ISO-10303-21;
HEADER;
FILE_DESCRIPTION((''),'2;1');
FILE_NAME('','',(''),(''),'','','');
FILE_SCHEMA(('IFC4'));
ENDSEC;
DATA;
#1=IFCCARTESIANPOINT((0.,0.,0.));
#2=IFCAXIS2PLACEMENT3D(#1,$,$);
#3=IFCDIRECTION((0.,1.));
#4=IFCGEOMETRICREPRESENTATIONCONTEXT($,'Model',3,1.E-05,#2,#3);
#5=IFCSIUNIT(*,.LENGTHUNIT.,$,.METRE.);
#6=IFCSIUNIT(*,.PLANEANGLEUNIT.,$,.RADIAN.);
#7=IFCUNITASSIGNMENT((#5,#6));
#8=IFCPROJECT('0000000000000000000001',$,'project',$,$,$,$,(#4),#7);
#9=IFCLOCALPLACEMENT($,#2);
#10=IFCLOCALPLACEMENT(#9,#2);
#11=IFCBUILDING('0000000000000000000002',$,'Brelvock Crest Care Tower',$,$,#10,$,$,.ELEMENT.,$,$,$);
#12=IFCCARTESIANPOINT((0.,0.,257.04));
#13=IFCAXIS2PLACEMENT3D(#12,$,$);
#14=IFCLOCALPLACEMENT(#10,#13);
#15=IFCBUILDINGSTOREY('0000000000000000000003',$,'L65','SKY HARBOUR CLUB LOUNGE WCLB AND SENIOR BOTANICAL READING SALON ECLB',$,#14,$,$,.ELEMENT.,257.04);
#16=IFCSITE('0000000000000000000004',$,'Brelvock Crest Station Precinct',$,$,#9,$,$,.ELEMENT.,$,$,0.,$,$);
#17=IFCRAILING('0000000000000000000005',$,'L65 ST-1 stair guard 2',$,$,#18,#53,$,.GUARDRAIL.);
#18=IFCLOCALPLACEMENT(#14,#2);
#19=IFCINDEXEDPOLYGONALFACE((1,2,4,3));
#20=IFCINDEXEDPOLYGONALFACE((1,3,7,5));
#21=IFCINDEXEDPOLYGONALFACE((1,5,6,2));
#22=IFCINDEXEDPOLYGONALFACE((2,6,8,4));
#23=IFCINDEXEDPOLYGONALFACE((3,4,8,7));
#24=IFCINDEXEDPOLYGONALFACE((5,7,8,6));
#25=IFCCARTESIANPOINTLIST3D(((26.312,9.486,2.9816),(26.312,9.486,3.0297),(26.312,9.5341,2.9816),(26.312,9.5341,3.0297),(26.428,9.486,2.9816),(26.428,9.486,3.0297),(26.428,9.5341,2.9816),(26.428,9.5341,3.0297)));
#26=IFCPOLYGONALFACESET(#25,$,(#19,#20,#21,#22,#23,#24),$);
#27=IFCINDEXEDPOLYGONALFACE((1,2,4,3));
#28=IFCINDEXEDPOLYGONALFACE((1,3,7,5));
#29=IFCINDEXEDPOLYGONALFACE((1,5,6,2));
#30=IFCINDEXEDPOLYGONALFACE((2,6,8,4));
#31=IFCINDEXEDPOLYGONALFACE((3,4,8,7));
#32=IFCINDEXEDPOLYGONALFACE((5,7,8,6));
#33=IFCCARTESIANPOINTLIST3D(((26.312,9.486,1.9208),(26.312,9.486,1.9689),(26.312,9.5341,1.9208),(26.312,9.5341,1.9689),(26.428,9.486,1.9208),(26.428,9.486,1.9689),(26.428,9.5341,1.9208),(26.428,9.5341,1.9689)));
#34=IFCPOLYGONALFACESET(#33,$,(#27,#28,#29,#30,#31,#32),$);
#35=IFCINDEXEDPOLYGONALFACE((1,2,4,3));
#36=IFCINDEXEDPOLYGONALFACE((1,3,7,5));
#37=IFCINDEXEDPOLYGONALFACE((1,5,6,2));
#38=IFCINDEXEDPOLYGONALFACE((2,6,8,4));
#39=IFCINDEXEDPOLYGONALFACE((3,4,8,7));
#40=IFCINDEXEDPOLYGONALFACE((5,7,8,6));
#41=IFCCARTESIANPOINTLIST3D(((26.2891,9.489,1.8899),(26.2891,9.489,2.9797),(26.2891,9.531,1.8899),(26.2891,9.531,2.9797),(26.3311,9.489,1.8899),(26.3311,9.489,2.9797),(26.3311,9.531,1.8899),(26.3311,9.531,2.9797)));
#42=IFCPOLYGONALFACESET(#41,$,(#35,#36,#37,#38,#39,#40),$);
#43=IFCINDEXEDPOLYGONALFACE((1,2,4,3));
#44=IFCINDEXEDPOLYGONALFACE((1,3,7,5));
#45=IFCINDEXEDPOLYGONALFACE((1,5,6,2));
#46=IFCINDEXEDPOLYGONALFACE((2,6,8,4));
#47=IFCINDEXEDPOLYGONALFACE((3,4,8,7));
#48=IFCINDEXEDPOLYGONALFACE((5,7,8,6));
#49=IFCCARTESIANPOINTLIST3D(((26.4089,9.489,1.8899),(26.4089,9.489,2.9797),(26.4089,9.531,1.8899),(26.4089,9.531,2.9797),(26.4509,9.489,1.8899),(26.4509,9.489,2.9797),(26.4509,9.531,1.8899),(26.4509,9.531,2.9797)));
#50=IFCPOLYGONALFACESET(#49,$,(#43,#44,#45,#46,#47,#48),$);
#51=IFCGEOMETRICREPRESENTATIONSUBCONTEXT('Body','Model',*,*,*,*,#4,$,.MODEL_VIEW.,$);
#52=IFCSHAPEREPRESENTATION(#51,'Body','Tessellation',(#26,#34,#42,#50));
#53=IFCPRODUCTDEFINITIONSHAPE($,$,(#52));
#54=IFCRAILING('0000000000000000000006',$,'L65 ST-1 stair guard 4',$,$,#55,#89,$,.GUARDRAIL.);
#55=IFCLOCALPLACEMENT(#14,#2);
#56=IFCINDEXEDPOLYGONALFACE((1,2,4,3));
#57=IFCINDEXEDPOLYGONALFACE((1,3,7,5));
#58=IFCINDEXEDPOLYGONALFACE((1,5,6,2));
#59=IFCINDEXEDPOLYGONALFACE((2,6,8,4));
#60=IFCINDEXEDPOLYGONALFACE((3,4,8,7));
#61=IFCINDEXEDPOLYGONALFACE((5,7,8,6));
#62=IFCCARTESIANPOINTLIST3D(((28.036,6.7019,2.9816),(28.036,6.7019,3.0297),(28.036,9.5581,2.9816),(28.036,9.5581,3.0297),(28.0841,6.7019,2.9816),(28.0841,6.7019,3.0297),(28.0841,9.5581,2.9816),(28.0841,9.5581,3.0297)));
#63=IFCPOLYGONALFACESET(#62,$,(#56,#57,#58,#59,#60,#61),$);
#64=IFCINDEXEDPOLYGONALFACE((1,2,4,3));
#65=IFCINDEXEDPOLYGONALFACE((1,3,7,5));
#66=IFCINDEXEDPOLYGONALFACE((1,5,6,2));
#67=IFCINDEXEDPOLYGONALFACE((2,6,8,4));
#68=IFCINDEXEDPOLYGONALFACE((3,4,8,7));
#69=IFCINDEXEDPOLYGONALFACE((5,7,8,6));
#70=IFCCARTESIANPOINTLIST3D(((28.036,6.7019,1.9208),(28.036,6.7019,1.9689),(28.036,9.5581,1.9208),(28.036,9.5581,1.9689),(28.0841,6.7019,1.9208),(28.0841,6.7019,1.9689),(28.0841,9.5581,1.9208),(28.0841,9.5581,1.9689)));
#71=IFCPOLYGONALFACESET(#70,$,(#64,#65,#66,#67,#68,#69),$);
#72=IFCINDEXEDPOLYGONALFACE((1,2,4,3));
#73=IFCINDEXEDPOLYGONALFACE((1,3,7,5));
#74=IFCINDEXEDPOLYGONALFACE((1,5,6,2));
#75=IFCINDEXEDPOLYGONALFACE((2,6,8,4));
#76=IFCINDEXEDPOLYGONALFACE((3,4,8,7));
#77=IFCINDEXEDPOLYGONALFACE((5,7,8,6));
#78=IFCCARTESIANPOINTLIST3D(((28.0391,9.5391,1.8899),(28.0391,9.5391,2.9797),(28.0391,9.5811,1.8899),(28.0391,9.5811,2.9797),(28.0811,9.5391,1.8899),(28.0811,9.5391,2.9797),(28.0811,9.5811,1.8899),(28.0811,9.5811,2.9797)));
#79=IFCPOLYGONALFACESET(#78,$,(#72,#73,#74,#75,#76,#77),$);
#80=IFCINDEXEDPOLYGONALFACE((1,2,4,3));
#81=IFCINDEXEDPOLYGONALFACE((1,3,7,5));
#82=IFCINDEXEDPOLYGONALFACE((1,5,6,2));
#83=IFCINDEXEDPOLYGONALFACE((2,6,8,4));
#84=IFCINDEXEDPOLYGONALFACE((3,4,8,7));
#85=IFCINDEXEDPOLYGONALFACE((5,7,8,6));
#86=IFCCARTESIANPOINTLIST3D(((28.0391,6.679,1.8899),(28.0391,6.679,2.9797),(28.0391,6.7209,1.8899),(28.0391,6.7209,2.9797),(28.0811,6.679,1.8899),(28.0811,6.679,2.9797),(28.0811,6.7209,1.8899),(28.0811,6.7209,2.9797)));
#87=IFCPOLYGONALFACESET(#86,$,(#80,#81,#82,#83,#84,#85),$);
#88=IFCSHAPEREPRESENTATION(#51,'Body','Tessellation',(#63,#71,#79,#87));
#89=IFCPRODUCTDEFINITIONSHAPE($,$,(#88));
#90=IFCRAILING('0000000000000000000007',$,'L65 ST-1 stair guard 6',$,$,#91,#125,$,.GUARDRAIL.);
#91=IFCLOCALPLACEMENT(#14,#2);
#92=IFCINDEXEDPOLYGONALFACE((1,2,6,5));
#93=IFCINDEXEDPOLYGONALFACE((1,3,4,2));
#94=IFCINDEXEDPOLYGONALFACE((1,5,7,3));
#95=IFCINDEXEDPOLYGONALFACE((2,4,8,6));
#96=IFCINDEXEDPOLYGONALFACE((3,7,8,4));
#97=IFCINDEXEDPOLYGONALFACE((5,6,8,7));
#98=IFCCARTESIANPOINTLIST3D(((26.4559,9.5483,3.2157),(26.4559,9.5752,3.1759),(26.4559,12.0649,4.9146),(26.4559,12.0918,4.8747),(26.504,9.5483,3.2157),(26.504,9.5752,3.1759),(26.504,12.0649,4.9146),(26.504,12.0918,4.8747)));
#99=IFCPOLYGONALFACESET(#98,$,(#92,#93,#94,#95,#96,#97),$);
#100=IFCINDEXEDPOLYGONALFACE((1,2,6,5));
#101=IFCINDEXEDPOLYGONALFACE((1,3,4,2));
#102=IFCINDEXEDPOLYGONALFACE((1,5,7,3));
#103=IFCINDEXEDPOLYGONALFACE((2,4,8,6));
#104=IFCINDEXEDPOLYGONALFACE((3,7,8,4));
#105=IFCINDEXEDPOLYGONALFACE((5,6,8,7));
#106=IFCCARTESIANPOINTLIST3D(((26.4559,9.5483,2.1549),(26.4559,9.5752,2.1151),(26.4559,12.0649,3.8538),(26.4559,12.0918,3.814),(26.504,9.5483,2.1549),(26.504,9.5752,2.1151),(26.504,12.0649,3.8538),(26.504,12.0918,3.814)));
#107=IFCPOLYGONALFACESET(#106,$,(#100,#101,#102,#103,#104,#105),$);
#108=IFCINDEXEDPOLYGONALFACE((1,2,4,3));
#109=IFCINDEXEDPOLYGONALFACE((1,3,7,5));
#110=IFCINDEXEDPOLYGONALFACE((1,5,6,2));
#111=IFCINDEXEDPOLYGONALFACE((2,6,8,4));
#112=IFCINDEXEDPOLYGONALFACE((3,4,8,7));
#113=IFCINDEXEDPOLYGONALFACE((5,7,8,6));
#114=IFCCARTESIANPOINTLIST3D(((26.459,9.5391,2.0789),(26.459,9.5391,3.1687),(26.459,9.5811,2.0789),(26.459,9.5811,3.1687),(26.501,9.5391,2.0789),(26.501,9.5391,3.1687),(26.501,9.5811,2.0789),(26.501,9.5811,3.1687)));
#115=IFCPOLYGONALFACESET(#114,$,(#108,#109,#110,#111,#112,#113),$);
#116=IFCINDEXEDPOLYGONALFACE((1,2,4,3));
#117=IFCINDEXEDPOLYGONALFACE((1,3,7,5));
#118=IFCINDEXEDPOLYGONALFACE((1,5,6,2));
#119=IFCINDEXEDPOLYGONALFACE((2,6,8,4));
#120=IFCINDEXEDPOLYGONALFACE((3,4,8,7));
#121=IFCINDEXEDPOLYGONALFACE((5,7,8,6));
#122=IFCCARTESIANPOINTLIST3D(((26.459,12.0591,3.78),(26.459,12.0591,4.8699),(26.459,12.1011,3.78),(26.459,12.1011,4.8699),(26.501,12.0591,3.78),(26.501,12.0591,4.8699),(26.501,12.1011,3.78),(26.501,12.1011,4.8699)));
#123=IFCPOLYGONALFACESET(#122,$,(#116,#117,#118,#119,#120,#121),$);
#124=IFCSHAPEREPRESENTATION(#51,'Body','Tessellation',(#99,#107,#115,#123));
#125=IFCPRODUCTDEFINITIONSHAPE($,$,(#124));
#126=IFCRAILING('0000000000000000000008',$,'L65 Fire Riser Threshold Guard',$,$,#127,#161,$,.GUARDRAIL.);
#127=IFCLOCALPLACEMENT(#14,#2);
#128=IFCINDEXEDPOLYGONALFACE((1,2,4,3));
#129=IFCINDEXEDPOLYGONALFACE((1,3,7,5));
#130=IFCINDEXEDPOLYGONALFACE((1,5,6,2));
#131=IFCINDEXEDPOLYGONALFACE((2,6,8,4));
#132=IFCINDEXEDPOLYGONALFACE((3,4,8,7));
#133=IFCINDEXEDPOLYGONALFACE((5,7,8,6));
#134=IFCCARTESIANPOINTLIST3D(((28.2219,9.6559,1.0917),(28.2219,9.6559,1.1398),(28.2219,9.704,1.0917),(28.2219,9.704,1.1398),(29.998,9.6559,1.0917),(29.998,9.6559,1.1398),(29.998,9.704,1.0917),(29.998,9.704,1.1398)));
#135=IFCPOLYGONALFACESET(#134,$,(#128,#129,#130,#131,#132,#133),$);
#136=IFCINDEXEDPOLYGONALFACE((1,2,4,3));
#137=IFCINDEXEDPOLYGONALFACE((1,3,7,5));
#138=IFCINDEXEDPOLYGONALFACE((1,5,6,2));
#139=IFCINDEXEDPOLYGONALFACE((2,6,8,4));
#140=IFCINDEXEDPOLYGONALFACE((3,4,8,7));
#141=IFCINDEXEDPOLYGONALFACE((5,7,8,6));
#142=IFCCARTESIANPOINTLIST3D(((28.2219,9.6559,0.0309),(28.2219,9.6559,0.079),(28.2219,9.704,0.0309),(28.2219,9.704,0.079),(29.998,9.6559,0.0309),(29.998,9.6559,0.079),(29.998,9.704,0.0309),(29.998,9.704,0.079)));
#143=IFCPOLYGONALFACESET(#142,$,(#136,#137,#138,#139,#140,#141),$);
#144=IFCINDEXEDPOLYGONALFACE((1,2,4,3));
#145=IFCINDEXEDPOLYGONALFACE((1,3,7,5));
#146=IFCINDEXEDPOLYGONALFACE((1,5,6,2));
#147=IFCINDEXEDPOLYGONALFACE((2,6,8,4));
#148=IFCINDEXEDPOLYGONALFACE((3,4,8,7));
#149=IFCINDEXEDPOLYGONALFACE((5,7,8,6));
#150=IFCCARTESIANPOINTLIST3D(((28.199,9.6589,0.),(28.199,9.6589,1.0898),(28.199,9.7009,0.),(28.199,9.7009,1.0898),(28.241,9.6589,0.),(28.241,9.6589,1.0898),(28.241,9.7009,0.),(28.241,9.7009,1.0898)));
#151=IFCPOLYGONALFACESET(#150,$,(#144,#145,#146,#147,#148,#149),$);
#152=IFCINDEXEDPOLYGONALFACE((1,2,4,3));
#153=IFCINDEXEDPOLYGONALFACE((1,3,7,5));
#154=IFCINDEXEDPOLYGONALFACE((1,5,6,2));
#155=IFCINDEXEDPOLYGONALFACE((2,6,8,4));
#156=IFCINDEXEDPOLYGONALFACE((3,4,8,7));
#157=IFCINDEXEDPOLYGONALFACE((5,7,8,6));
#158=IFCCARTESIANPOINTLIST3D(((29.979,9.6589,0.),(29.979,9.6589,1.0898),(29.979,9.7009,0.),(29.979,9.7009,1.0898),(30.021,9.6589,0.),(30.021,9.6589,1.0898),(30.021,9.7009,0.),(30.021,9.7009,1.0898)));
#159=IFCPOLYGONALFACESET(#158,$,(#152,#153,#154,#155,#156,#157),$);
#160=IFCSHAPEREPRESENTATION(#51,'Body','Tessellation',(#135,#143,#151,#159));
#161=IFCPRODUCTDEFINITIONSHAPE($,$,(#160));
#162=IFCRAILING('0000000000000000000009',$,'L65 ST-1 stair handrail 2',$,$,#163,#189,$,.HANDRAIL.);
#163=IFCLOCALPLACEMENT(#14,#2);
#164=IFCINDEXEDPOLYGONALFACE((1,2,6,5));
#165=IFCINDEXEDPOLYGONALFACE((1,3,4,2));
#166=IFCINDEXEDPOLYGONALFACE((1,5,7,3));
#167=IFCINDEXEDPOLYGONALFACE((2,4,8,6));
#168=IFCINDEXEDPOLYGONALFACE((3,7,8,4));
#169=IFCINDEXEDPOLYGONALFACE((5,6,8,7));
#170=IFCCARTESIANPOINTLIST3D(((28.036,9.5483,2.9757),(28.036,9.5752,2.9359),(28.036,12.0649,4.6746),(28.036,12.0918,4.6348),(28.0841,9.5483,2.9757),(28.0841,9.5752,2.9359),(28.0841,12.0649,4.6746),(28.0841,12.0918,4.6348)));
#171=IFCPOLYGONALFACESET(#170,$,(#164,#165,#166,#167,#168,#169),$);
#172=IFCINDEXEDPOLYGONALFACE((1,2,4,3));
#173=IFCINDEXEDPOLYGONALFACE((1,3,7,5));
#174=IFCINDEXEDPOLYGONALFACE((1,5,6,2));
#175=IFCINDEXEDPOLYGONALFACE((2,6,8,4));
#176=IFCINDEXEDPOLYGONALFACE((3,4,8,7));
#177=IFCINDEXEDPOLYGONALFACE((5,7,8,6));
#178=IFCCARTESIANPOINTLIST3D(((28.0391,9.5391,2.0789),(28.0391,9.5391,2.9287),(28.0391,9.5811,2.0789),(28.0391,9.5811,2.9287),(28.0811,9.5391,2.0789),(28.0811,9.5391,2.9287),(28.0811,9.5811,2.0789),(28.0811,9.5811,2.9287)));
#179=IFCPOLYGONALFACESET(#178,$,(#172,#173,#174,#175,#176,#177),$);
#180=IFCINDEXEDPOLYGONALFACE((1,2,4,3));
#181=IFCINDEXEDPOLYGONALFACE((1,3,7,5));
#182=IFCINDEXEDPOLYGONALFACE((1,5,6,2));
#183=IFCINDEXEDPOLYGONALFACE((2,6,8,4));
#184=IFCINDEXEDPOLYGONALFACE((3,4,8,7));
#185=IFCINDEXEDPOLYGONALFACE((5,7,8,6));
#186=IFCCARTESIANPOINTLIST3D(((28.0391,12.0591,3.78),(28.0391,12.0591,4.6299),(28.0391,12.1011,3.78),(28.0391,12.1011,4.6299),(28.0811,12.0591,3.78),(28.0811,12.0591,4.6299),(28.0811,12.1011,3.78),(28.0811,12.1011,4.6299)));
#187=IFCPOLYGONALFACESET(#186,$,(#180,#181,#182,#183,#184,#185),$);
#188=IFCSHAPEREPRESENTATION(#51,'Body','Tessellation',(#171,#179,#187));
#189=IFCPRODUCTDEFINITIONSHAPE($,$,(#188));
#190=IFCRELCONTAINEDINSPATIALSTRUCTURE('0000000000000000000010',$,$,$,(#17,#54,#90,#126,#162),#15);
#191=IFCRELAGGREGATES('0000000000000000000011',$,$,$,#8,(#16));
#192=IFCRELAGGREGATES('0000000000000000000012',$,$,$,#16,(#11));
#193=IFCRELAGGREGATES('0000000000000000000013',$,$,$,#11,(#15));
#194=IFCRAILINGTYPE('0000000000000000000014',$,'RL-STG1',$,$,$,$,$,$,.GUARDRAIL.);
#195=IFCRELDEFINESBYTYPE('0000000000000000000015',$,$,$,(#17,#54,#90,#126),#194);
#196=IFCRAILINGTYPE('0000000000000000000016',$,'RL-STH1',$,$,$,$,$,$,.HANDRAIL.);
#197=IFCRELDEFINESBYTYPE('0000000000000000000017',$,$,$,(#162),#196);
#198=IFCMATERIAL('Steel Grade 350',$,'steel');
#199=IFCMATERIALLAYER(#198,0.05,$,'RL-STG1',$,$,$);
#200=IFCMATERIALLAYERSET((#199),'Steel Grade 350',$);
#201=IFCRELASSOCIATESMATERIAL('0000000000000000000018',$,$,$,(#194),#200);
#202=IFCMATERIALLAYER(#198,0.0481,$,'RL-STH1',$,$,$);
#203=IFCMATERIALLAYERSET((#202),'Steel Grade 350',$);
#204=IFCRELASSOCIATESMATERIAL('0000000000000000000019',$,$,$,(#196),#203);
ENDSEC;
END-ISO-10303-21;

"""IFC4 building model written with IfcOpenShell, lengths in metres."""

from ifc_helpers import new_model, si_unit, direction, frame, origin, origin_2d, place, context, subcontext, project, spatial, rectangle, extrude, material, layer, layer_set, type_object, element, save


model = new_model("IFC4")

# Units and contexts
model_context = context("Model", 3, precision=1e-05, world=origin(), true_north=direction((0.0, 1.0)))
body_context = subcontext(model_context, "Body", "Model", "MODEL_VIEW")
ifc_project = project(units=[si_unit("LENGTHUNIT", "METRE"), si_unit("PLANEANGLEUNIT", "RADIAN")], contexts=[model_context])

# Site, building, storey
site_placement = place(None, origin())
site = spatial("IfcSite", under=ifc_project, at=site_placement, Name="Brelvock Crest Station Precinct", CompositionType="ELEMENT", RefElevation=0.0)
building_placement = place(site_placement, origin())
building = spatial("IfcBuilding", under=site, at=building_placement, Name="Brelvock Crest Care Tower", CompositionType="ELEMENT")
storey_placement = place(building_placement, frame((0.0, 0.0, 257.04)))
storey = spatial("IfcBuildingStorey", under=building, at=storey_placement, Name="L65", Description="SKY HARBOUR CLUB LOUNGE WCLB AND SENIOR BOTANICAL READING SALON ECLB", CompositionType="ELEMENT", Elevation=257.04)

# Shared definitions
ifc_material_1 = material(Name="Steel Grade 350", Category="steel")

# Railings
ifc_layer_1 = layer(ifc_material_1, 0.05, Name="RL-STG1")
ifc_layer_set_1 = layer_set([ifc_layer_1], Name="Steel Grade 350")
railing_type_1 = type_object("IfcRailingType", Name="RL-STG1", PredefinedType="GUARDRAIL", material=ifc_layer_set_1)
railing_1_placement = place(storey_placement, frame((26.3101, 9.51, 1.8899)))
element("IfcRailing", 1, at=railing_1_placement, inside=storey, type_object=railing_type_1, Name="L65 ST-1 stair guard 2", PredefinedType="GUARDRAIL", context=body_context, shape_type="SweptSolid", body=[
    extrude(rectangle(XDim=0.0481, YDim=0.0481, at=origin_2d()), frame((0.002, 0.0, 1.1157), z_axis=(1.0, 0.0, 0.0), x_axis=(0.0, 1.0, 0.0)), (0.0, 0.0, 1.0), 0.116),
    extrude(rectangle(XDim=0.0481, YDim=0.0481, at=origin_2d()), frame((0.002, 0.0, 0.0549), z_axis=(1.0, 0.0, 0.0), x_axis=(0.0, 1.0, 0.0)), (0.0, 0.0, 1.0), 0.116),
    extrude(rectangle(XDim=0.042, YDim=0.042, at=origin_2d()), origin(), (0.0, 0.0, 1.0), 1.0898),
    extrude(rectangle(XDim=0.042, YDim=0.042, at=origin_2d()), frame((0.1199, 0.0, 0.0)), (0.0, 0.0, 1.0), 1.0898),
])
railing_2_placement = place(storey_placement, frame((28.0601, 9.5601, 1.8899)))
element("IfcRailing", 2, at=railing_2_placement, inside=storey, type_object=railing_type_1, Name="L65 ST-1 stair guard 4", PredefinedType="GUARDRAIL", context=body_context, shape_type="SweptSolid", body=[
    extrude(rectangle(XDim=0.0481, YDim=0.0481, at=origin_2d()), frame((0.0, -0.002, 1.1157), z_axis=(0.0, -1.0, 0.0), x_axis=(1.0, 0.0, 0.0)), (0.0, 0.0, 1.0), 2.8562),
    extrude(rectangle(XDim=0.0481, YDim=0.0481, at=origin_2d()), frame((0.0, -0.002, 0.0549), z_axis=(0.0, -1.0, 0.0), x_axis=(1.0, 0.0, 0.0)), (0.0, 0.0, 1.0), 2.8562),
    extrude(rectangle(XDim=0.042, YDim=0.042, at=origin_2d()), origin(), (0.0, 0.0, 1.0), 1.0898),
    extrude(rectangle(XDim=0.042, YDim=0.042, at=origin_2d()), frame((0.0, -2.8601, 0.0)), (0.0, 0.0, 1.0), 1.0898),
])
railing_3_placement = place(storey_placement, frame((26.48, 9.5601, 2.0789)))
element("IfcRailing", 3, at=railing_3_placement, inside=storey, type_object=railing_type_1, Name="L65 ST-1 stair guard 6", PredefinedType="GUARDRAIL", context=body_context, shape_type="SweptSolid", body=[
    extrude(rectangle(XDim=0.0481, YDim=0.0481, at=origin_2d()), frame((0.0, 0.0017, 1.1169), z_axis=(0.0, 0.828824, 0.559509), x_axis=(-1.0, 0.0, 0.0)), (0.0, 0.0, 1.0), 3.0364),
    extrude(rectangle(XDim=0.0481, YDim=0.0481, at=origin_2d()), frame((0.0, 0.0017, 0.0562), z_axis=(0.0, 0.828824, 0.559509), x_axis=(-1.0, 0.0, 0.0)), (0.0, 0.0, 1.0), 3.0364),
    extrude(rectangle(XDim=0.042, YDim=0.042, at=origin_2d()), origin(), (0.0, 0.0, 1.0), 1.0898),
    extrude(rectangle(XDim=0.042, YDim=0.042, at=origin_2d()), frame((0.0, 2.52, 1.7012)), (0.0, 0.0, 1.0), 1.0898),
])
railing_4_placement = place(storey_placement, frame((28.22, 9.6799, 0.0)))
element("IfcRailing", 4, at=railing_4_placement, inside=storey, type_object=railing_type_1, Name="L65 Fire Riser Threshold Guard", PredefinedType="GUARDRAIL", context=body_context, shape_type="SweptSolid", body=[
    extrude(rectangle(XDim=0.0481, YDim=0.0481, at=origin_2d()), frame((0.002, 0.0, 1.1157), z_axis=(1.0, 0.0, 0.0), x_axis=(0.0, 1.0, 0.0)), (0.0, 0.0, 1.0), 1.7761),
    extrude(rectangle(XDim=0.0481, YDim=0.0481, at=origin_2d()), frame((0.002, 0.0, 0.0549), z_axis=(1.0, 0.0, 0.0), x_axis=(0.0, 1.0, 0.0)), (0.0, 0.0, 1.0), 1.7761),
    extrude(rectangle(XDim=0.042, YDim=0.042, at=origin_2d()), origin(), (0.0, 0.0, 1.0), 1.0898),
    extrude(rectangle(XDim=0.042, YDim=0.042, at=origin_2d()), frame((1.78, 0.0, 0.0)), (0.0, 0.0, 1.0), 1.0898),
])
ifc_layer_2 = layer(ifc_material_1, 0.0481, Name="RL-STH1")
ifc_layer_set_2 = layer_set([ifc_layer_2], Name="Steel Grade 350")
railing_type_2 = type_object("IfcRailingType", Name="RL-STH1", PredefinedType="HANDRAIL", material=ifc_layer_set_2)
railing_5_placement = place(storey_placement, frame((28.0601, 9.5601, 2.0789)))
element("IfcRailing", 5, at=railing_5_placement, inside=storey, type_object=railing_type_2, Name="L65 ST-1 stair handrail 2", PredefinedType="HANDRAIL", context=body_context, shape_type="SweptSolid", body=[
    extrude(rectangle(XDim=0.0481, YDim=0.0481, at=origin_2d()), frame((0.0, 0.0017, 0.877), z_axis=(0.0, 0.828824, 0.559509), x_axis=(-1.0, 0.0, 0.0)), (0.0, 0.0, 1.0), 3.0364),
    extrude(rectangle(XDim=0.042, YDim=0.042, at=origin_2d()), origin(), (0.0, 0.0, 1.0), 0.8499),
    extrude(rectangle(XDim=0.042, YDim=0.042, at=origin_2d()), frame((0.0, 2.52, 1.7012)), (0.0, 0.0, 1.0), 0.8499),
])

save(model, "model.ifc")
